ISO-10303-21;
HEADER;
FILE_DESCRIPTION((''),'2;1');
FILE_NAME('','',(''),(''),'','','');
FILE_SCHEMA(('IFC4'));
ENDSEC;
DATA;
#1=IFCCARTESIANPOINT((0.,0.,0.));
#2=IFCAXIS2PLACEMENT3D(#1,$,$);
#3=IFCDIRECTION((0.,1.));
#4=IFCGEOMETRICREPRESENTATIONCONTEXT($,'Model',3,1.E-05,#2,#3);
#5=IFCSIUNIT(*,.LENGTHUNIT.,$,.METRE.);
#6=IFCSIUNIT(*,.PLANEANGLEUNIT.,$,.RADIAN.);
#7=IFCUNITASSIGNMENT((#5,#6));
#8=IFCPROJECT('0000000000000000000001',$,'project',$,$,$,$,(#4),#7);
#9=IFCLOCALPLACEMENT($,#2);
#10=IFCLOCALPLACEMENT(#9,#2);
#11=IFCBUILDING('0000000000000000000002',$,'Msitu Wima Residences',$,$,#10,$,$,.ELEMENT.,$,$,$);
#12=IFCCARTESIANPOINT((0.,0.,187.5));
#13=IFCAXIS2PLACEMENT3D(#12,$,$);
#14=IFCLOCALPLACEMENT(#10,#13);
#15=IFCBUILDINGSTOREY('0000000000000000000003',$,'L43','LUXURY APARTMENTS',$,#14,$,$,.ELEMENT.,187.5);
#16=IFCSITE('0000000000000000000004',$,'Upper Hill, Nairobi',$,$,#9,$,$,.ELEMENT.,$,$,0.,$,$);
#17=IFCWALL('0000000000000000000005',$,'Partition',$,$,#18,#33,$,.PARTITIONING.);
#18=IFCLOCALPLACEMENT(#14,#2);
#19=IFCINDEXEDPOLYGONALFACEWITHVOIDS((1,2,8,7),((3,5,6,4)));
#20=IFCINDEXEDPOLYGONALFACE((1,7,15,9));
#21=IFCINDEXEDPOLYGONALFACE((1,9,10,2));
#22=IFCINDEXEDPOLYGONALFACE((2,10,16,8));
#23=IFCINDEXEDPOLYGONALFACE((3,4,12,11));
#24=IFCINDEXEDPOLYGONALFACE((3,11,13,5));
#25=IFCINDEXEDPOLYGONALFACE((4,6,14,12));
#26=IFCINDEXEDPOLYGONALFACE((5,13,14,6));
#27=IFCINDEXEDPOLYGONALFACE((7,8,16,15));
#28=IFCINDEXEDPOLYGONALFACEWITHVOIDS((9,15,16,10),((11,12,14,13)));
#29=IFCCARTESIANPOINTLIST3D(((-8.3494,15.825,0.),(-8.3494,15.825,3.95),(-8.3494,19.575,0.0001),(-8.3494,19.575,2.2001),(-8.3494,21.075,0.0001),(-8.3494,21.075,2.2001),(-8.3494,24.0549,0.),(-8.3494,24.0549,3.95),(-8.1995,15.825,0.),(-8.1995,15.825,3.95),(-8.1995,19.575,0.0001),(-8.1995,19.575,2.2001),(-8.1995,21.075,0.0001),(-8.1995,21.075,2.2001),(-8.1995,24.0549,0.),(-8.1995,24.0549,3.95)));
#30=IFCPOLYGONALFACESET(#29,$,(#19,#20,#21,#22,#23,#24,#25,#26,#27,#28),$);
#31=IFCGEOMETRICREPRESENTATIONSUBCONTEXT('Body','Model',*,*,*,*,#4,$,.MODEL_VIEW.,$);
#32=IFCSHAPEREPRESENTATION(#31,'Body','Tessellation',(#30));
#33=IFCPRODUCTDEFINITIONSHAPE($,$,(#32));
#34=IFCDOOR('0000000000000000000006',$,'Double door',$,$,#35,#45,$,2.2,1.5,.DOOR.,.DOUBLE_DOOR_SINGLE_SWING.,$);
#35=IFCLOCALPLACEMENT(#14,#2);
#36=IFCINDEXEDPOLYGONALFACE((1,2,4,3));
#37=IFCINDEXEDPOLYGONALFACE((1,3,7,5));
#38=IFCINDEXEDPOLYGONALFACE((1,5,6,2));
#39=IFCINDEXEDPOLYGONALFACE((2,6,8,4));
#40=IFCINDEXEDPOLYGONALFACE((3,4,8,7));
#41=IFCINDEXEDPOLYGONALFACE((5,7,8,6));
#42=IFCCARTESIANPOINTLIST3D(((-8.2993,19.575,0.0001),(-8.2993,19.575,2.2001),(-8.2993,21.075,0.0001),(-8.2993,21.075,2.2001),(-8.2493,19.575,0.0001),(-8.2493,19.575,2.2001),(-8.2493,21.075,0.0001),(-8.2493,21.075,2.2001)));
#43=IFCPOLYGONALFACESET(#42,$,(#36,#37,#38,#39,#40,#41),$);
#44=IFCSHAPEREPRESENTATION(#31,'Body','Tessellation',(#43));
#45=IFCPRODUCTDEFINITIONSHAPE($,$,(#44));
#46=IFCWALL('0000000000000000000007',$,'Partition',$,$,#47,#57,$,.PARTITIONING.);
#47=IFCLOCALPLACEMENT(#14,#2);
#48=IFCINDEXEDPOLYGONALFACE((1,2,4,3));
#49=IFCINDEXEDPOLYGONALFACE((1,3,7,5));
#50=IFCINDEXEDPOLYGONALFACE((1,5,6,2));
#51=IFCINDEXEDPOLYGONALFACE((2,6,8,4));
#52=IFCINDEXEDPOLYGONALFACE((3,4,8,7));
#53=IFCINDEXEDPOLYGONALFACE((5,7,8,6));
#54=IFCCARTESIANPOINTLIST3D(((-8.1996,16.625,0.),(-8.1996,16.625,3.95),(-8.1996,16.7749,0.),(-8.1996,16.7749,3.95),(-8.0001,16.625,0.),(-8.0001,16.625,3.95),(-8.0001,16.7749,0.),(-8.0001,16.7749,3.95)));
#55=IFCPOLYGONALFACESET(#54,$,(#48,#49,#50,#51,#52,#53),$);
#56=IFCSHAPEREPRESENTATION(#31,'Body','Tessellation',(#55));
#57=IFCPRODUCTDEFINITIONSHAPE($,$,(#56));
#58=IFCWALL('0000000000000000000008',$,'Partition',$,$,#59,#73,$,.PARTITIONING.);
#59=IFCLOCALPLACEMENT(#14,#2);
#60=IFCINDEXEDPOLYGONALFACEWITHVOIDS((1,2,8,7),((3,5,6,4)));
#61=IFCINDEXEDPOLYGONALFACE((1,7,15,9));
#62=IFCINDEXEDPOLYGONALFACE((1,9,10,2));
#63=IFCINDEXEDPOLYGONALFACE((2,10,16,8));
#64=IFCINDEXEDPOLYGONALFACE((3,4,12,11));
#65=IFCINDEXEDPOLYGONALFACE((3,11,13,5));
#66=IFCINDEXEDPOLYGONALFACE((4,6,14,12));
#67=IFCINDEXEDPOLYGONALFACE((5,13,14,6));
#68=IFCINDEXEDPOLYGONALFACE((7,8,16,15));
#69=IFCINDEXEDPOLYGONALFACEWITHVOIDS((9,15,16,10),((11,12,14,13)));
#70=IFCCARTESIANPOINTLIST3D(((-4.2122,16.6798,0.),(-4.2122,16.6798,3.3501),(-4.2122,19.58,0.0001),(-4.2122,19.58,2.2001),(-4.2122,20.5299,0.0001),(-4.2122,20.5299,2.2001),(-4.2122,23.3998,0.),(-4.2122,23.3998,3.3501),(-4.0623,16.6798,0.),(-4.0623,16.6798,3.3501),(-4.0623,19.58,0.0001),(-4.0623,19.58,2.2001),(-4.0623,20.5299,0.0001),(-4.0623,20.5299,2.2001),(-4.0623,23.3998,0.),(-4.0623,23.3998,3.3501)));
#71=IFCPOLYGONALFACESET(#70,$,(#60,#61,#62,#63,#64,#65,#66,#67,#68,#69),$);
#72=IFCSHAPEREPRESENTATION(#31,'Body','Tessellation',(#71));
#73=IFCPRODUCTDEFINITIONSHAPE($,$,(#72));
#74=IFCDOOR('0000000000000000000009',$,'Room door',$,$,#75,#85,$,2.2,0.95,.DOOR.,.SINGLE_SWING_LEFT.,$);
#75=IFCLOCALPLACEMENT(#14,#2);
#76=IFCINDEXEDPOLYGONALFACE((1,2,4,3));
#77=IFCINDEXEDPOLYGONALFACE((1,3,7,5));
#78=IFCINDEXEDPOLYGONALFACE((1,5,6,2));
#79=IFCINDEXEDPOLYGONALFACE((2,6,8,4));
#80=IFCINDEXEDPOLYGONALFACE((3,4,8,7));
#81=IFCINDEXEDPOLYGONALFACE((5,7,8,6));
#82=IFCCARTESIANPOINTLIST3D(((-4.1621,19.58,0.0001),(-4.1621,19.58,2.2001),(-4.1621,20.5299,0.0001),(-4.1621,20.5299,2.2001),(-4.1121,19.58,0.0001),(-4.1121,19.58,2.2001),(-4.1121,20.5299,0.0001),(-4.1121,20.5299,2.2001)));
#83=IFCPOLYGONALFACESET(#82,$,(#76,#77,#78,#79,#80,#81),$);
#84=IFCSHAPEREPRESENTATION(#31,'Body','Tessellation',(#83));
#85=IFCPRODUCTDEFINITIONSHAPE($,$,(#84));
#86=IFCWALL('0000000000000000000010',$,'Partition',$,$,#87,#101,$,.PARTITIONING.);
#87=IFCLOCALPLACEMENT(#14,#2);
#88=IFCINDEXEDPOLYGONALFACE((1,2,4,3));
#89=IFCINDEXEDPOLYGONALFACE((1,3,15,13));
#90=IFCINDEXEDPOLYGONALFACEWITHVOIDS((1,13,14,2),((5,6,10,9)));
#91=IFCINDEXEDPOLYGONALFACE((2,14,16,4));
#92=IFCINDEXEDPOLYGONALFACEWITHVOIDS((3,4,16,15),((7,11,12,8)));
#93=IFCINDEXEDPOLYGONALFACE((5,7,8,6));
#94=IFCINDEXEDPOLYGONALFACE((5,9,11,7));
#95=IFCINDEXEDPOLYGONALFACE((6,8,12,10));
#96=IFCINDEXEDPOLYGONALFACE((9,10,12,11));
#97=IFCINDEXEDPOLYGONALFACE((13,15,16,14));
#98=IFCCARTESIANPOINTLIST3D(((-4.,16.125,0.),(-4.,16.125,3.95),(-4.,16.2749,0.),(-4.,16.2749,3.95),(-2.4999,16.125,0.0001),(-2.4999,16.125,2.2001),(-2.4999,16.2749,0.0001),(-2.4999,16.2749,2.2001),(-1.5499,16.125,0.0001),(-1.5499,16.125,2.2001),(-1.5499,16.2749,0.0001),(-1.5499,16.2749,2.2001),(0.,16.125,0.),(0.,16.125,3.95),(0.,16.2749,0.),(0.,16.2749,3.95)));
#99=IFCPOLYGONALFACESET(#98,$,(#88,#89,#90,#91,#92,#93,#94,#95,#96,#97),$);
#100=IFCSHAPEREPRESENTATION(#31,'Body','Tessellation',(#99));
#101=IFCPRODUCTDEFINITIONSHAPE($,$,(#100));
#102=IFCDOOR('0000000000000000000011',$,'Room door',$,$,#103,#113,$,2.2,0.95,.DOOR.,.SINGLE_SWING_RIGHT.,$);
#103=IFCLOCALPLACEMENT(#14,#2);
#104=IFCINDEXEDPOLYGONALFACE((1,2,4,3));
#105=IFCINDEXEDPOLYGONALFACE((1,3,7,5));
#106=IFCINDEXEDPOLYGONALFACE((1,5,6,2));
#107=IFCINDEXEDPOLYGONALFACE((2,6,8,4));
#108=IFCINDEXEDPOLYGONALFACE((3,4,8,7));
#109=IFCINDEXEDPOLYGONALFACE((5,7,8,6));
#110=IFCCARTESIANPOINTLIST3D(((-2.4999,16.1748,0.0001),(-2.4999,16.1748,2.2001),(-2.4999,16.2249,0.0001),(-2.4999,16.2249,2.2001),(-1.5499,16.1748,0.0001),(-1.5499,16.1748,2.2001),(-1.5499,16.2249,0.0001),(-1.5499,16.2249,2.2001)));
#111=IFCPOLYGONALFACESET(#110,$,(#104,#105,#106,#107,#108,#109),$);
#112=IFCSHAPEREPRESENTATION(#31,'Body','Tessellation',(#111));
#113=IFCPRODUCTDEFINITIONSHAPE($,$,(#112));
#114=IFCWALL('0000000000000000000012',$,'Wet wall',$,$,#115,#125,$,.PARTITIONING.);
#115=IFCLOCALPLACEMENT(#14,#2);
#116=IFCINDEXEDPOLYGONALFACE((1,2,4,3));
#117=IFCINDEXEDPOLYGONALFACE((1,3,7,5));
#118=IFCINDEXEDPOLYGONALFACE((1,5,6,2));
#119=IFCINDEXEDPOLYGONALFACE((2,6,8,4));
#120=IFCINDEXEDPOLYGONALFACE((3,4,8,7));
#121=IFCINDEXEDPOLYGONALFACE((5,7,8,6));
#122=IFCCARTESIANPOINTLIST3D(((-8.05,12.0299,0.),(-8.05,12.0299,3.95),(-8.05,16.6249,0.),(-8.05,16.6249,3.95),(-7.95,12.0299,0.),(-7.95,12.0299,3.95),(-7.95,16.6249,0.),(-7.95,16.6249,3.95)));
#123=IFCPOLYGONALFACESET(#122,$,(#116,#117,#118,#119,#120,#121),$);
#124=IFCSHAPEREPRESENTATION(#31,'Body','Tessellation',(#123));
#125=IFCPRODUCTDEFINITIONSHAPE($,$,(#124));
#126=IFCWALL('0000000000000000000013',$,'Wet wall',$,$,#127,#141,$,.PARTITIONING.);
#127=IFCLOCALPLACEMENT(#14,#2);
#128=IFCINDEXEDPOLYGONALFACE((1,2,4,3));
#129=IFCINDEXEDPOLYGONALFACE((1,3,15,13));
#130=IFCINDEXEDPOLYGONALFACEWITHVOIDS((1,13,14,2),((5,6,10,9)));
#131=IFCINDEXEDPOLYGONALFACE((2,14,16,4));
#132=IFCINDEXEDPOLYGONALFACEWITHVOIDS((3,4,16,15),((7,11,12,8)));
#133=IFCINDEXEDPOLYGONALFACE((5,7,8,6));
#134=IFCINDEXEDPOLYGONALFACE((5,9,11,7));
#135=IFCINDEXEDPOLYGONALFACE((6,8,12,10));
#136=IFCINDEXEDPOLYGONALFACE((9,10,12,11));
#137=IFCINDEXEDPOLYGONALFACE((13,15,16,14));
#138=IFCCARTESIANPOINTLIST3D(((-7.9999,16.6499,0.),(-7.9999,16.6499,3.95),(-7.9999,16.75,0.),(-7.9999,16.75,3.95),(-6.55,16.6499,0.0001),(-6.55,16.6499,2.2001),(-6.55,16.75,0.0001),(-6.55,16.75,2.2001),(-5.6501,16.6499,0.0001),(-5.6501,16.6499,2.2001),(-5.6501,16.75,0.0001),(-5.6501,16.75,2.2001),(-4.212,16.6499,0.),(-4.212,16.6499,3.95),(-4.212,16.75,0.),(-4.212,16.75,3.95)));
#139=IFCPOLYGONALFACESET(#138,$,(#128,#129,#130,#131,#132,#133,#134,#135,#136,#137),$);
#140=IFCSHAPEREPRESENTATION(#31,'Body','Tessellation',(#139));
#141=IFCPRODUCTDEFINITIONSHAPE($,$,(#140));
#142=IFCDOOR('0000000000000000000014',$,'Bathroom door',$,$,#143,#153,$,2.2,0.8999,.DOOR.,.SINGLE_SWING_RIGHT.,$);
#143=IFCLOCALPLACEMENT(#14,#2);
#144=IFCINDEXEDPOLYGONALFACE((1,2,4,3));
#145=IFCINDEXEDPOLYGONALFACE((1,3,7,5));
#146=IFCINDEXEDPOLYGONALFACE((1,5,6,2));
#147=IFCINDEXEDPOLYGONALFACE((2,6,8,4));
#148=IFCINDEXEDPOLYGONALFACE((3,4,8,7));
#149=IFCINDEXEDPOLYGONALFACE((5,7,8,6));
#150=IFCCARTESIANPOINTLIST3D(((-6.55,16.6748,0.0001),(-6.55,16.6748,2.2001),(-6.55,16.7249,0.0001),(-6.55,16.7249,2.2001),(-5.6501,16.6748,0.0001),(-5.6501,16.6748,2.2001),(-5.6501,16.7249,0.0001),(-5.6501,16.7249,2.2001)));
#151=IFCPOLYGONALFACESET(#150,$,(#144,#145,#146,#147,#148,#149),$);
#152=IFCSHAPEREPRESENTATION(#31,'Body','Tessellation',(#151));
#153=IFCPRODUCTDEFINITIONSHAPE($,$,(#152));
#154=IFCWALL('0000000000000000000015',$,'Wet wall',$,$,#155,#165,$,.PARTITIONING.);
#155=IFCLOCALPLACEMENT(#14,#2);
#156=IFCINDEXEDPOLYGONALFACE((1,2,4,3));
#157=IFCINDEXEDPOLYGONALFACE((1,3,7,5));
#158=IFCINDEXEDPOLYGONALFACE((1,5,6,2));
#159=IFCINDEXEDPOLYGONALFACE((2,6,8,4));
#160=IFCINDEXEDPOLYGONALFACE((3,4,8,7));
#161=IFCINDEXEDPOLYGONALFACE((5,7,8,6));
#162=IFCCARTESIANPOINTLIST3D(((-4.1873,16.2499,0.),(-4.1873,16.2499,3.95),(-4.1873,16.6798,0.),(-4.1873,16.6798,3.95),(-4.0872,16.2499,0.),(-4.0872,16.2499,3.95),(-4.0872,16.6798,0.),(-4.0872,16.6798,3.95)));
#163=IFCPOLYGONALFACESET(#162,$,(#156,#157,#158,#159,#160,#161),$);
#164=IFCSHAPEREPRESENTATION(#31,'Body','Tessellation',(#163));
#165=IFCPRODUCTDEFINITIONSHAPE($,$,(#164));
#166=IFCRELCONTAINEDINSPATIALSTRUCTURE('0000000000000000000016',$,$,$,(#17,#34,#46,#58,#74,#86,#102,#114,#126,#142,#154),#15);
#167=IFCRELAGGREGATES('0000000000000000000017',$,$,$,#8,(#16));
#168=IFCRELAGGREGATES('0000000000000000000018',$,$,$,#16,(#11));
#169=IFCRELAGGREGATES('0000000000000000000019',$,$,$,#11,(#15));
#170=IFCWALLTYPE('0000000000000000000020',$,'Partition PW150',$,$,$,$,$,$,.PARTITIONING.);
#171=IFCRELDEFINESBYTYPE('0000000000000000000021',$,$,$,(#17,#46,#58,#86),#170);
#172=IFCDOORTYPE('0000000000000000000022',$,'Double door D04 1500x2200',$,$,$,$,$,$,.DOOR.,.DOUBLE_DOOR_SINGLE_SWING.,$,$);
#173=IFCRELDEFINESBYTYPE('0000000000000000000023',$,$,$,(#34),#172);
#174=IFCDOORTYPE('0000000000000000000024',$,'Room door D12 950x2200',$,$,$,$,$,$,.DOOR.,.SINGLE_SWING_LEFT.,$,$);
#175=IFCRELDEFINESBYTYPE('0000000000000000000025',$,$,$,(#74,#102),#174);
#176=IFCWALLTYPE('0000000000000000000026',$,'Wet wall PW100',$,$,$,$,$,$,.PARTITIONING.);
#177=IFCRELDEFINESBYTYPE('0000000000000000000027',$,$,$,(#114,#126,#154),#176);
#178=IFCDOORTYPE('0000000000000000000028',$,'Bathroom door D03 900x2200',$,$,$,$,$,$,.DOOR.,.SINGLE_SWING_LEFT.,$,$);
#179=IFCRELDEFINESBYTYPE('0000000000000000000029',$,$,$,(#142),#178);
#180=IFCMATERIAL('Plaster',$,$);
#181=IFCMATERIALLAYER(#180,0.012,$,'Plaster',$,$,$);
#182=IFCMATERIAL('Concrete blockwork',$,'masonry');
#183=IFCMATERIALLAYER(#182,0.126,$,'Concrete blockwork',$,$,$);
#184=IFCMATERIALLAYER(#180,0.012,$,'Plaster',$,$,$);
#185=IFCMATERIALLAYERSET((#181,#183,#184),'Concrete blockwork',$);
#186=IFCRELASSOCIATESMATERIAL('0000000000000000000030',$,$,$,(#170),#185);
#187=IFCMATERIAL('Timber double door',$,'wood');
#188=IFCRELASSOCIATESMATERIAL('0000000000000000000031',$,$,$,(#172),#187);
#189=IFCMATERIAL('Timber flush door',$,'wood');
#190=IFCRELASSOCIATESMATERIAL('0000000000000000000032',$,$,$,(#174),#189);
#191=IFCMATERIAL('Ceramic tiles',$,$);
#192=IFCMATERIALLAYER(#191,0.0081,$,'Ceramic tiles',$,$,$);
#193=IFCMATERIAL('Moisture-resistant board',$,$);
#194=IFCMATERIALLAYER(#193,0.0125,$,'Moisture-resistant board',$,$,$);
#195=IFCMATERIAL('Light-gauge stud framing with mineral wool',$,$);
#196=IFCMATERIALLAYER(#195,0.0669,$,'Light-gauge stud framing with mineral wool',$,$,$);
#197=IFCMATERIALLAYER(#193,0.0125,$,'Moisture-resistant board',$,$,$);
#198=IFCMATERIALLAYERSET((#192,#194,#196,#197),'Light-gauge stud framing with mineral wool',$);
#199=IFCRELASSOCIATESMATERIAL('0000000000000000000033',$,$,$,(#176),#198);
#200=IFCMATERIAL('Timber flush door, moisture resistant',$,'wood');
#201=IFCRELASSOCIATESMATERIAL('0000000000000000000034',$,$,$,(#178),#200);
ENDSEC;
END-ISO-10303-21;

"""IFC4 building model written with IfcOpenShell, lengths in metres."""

from ifc_helpers import new_model, si_unit, direction, frame, frame_2d, origin, place, context, subcontext, project, spatial, rectangle, extrude, material, layer, layer_set, type_object, element, fill, save


model = new_model("IFC4")

# Units and contexts
model_context = context("Model", 3, precision=1e-05, world=origin(), true_north=direction((0.0, 1.0)))
body_context = subcontext(model_context, "Body", "Model", "MODEL_VIEW")
ifc_project = project(units=[si_unit("LENGTHUNIT", "METRE"), si_unit("PLANEANGLEUNIT", "RADIAN")], contexts=[model_context])

# Site, building, storey
site_placement = place(None, origin())
site = spatial("IfcSite", under=ifc_project, at=site_placement, Name="Upper Hill, Nairobi", CompositionType="ELEMENT", RefElevation=0.0)
building_placement = place(site_placement, origin())
building = spatial("IfcBuilding", under=site, at=building_placement, Name="Msitu Wima Residences", CompositionType="ELEMENT")
storey_placement = place(building_placement, frame((0.0, 0.0, 187.5)))
storey = spatial("IfcBuildingStorey", under=building, at=storey_placement, Name="L43", Description="LUXURY APARTMENTS", CompositionType="ELEMENT", Elevation=187.5)

# Wall, opening, door
ifc_material_1 = material(Name="Plaster")
ifc_layer_1 = layer(ifc_material_1, 0.012, Name="Plaster")
ifc_material_2 = material(Name="Concrete blockwork", Category="masonry")
ifc_layer_2 = layer(ifc_material_2, 0.126, Name="Concrete blockwork")
ifc_layer_3 = layer(ifc_material_1, 0.012, Name="Plaster")
ifc_layer_set_1 = layer_set([ifc_layer_1, ifc_layer_2, ifc_layer_3], Name="Concrete blockwork")
wall_type_1 = type_object("IfcWallType", Name="Partition PW150", PredefinedType="PARTITIONING", material=ifc_layer_set_1)
wall_1_placement = place(storey_placement, frame((-8.2744, 15.825, 0.0), z_axis=(0.0, 0.0, 1.0), x_axis=(0.0, 1.0, 0.0)))
wall_1 = element("IfcWall", 1, at=wall_1_placement, inside=storey, type_object=wall_type_1, Name="Partition", PredefinedType="PARTITIONING", context=body_context, shape_type="SweptSolid", body=[
    extrude(rectangle(XDim=8.23, YDim=0.1499, at=frame_2d((4.115, 0.0))), origin(), (0.0, 0.0, 1.0), 3.95),
])
opening_1_placement = place(wall_1_placement, frame((3.75, 0.0, 0.0)))
opening_1 = element("IfcOpeningElement", 2, at=opening_1_placement, cuts=wall_1, PredefinedType="OPENING", context=body_context, shape_type="SweptSolid", body=[
    extrude(rectangle(XDim=1.5, YDim=2.2, at=frame_2d((0.75, 1.1001))), frame((0.0, 0.085, 0.0), z_axis=(0.0, -1.0, 0.0), x_axis=(1.0, 0.0, 0.0)), (0.0, 0.0, 1.0), 0.1699),
])
ifc_material_3 = material(Name="Timber double door", Category="wood")
door_type_1 = type_object("IfcDoorType", Name="Double door D04 1500x2200", OperationType="DOUBLE_DOOR_SINGLE_SWING", PredefinedType="DOOR", material=ifc_material_3)
door_1_placement = place(opening_1_placement, origin())
door_1 = element("IfcDoor", 3, at=door_1_placement, inside=storey, type_object=door_type_1, Name="Double door", OperationType="DOUBLE_DOOR_SINGLE_SWING", OverallHeight=2.2, OverallWidth=1.5, PredefinedType="DOOR", context=body_context, shape_type="SweptSolid", body=[
    extrude(rectangle(XDim=1.5, YDim=2.2, at=frame_2d((0.75, 1.1001))), frame((0.0, 0.0249, 0.0), z_axis=(0.0, -1.0, 0.0), x_axis=(1.0, 0.0, 0.0)), (0.0, 0.0, 1.0), 0.05),
])
fill(opening_1, door_1)

# Wall
wall_2_placement = place(storey_placement, frame((-8.1995, 16.7, 0.0), z_axis=(0.0, 0.0, 1.0), x_axis=(1.0, 0.0, 0.0)))
element("IfcWall", 4, at=wall_2_placement, inside=storey, type_object=wall_type_1, Name="Partition", PredefinedType="PARTITIONING", context=body_context, shape_type="SweptSolid", body=[
    extrude(rectangle(XDim=0.1995, YDim=0.1499, at=frame_2d((0.0996, 0.0))), origin(), (0.0, 0.0, 1.0), 3.95),
])

# Walls, openings, doors
wall_3_placement = place(storey_placement, frame((-4.1372, 16.6799, 0.0), z_axis=(0.0, 0.0, 1.0), x_axis=(0.0, 1.0, 0.0)))
wall_3 = element("IfcWall", 5, at=wall_3_placement, inside=storey, type_object=wall_type_1, Name="Partition", PredefinedType="PARTITIONING", context=body_context, shape_type="SweptSolid", body=[
    extrude(rectangle(XDim=6.72, YDim=0.1499, at=frame_2d((3.3599, 0.0))), origin(), (0.0, 0.0, 1.0), 3.3501),
])
opening_2_placement = place(wall_3_placement, frame((2.8999, 0.0, 0.0)))
opening_2 = element("IfcOpeningElement", 6, at=opening_2_placement, cuts=wall_3, PredefinedType="OPENING", context=body_context, shape_type="SweptSolid", body=[
    extrude(rectangle(XDim=0.95, YDim=2.2, at=frame_2d((0.4751, 1.1001))), frame((0.0, 0.085, 0.0), z_axis=(0.0, -1.0, 0.0), x_axis=(1.0, 0.0, 0.0)), (0.0, 0.0, 1.0), 0.1699),
])
ifc_material_4 = material(Name="Timber flush door", Category="wood")
door_type_2 = type_object("IfcDoorType", Name="Room door D12 950x2200", OperationType="SINGLE_SWING_LEFT", PredefinedType="DOOR", material=ifc_material_4)
door_2_placement = place(opening_2_placement, origin())
door_2 = element("IfcDoor", 7, at=door_2_placement, inside=storey, type_object=door_type_2, Name="Room door", OperationType="SINGLE_SWING_LEFT", OverallHeight=2.2, OverallWidth=0.95, PredefinedType="DOOR", context=body_context, shape_type="SweptSolid", body=[
    extrude(rectangle(XDim=0.95, YDim=2.2, at=frame_2d((0.4751, 1.1001))), frame((0.0, 0.0249, 0.0), z_axis=(0.0, -1.0, 0.0), x_axis=(1.0, 0.0, 0.0)), (0.0, 0.0, 1.0), 0.05),
])
fill(opening_2, door_2)
wall_4_placement = place(storey_placement, frame((-4.0, 16.2, 0.0), z_axis=(0.0, 0.0, 1.0), x_axis=(1.0, 0.0, 0.0)))
wall_4 = element("IfcWall", 8, at=wall_4_placement, inside=storey, type_object=wall_type_1, Name="Partition", PredefinedType="PARTITIONING", context=body_context, shape_type="SweptSolid", body=[
    extrude(rectangle(XDim=4.0, YDim=0.1499, at=frame_2d((2.0, 0.0))), origin(), (0.0, 0.0, 1.0), 3.95),
])
opening_3_placement = place(wall_4_placement, frame((1.5, 0.0, 0.0)))
opening_3 = element("IfcOpeningElement", 9, at=opening_3_placement, cuts=wall_4, PredefinedType="OPENING", context=body_context, shape_type="SweptSolid", body=[
    extrude(rectangle(XDim=0.95, YDim=2.2, at=frame_2d((0.4751, 1.1001))), frame((0.0, 0.085, 0.0), z_axis=(0.0, -1.0, 0.0), x_axis=(1.0, 0.0, 0.0)), (0.0, 0.0, 1.0), 0.1699),
])
door_3_placement = place(opening_3_placement, origin())
door_3 = element("IfcDoor", 10, at=door_3_placement, inside=storey, type_object=door_type_2, Name="Room door", OperationType="SINGLE_SWING_RIGHT", OverallHeight=2.2, OverallWidth=0.95, PredefinedType="DOOR", context=body_context, shape_type="SweptSolid", body=[
    extrude(rectangle(XDim=0.95, YDim=2.2, at=frame_2d((0.4751, 1.1001))), frame((0.0, 0.0249, 0.0), z_axis=(0.0, -1.0, 0.0), x_axis=(1.0, 0.0, 0.0)), (0.0, 0.0, 1.0), 0.05),
])
fill(opening_3, door_3)

# Wall
ifc_material_5 = material(Name="Ceramic tiles")
ifc_layer_4 = layer(ifc_material_5, 0.0081, Name="Ceramic tiles")
ifc_material_6 = material(Name="Moisture-resistant board")
ifc_layer_5 = layer(ifc_material_6, 0.0125, Name="Moisture-resistant board")
ifc_material_7 = material(Name="Light-gauge stud framing with mineral wool")
ifc_layer_6 = layer(ifc_material_7, 0.0669, Name="Light-gauge stud framing with mineral wool")
ifc_layer_7 = layer(ifc_material_6, 0.0125, Name="Moisture-resistant board")
ifc_layer_set_2 = layer_set([ifc_layer_4, ifc_layer_5, ifc_layer_6, ifc_layer_7], Name="Light-gauge stud framing with mineral wool")
wall_type_2 = type_object("IfcWallType", Name="Wet wall PW100", PredefinedType="PARTITIONING", material=ifc_layer_set_2)
wall_5_placement = place(storey_placement, frame((-8.0, 12.03, 0.0), z_axis=(0.0, 0.0, 1.0), x_axis=(0.0, 1.0, 0.0)))
element("IfcWall", 11, at=wall_5_placement, inside=storey, type_object=wall_type_2, Name="Wet wall", PredefinedType="PARTITIONING", context=body_context, shape_type="SweptSolid", body=[
    extrude(rectangle(XDim=4.595, YDim=0.1001, at=frame_2d((2.2974, 0.0))), origin(), (0.0, 0.0, 1.0), 3.95),
])

# Wall, opening, door
wall_6_placement = place(storey_placement, frame((-8.0, 16.7, 0.0), z_axis=(0.0, 0.0, 1.0), x_axis=(1.0, 0.0, 0.0)))
wall_6 = element("IfcWall", 12, at=wall_6_placement, inside=storey, type_object=wall_type_2, Name="Wet wall", PredefinedType="PARTITIONING", context=body_context, shape_type="SweptSolid", body=[
    extrude(rectangle(XDim=3.7878, YDim=0.1001, at=frame_2d((1.894, 0.0))), origin(), (0.0, 0.0, 1.0), 3.95),
])
opening_4_placement = place(wall_6_placement, frame((1.45, 0.0, 0.0)))
opening_4 = element("IfcOpeningElement", 13, at=opening_4_placement, cuts=wall_6, PredefinedType="OPENING", context=body_context, shape_type="SweptSolid", body=[
    extrude(rectangle(XDim=0.8999, YDim=2.2, at=frame_2d((0.45, 1.1001))), frame((0.0, 0.0601, 0.0), z_axis=(0.0, -1.0, 0.0), x_axis=(1.0, 0.0, 0.0)), (0.0, 0.0, 1.0), 0.1201),
])
ifc_material_8 = material(Name="Timber flush door, moisture resistant", Category="wood")
door_type_3 = type_object("IfcDoorType", Name="Bathroom door D03 900x2200", OperationType="SINGLE_SWING_LEFT", PredefinedType="DOOR", material=ifc_material_8)
door_4_placement = place(opening_4_placement, origin())
door_4 = element("IfcDoor", 14, at=door_4_placement, inside=storey, type_object=door_type_3, Name="Bathroom door", OperationType="SINGLE_SWING_RIGHT", OverallHeight=2.2, OverallWidth=0.8999, PredefinedType="DOOR", context=body_context, shape_type="SweptSolid", body=[
    extrude(rectangle(XDim=0.8999, YDim=2.2, at=frame_2d((0.45, 1.1001))), frame((0.0, 0.0249, 0.0), z_axis=(0.0, -1.0, 0.0), x_axis=(1.0, 0.0, 0.0)), (0.0, 0.0, 1.0), 0.05),
])
fill(opening_4, door_4)

# Wall
wall_7_placement = place(storey_placement, frame((-4.1372, 16.25, 0.0), z_axis=(0.0, 0.0, 1.0), x_axis=(0.0, 1.0, 0.0)))
element("IfcWall", 15, at=wall_7_placement, inside=storey, type_object=wall_type_2, Name="Wet wall", PredefinedType="PARTITIONING", context=body_context, shape_type="SweptSolid", body=[
    extrude(rectangle(XDim=0.4299, YDim=0.1001, at=frame_2d((0.2148, 0.0))), origin(), (0.0, 0.0, 1.0), 3.95),
])

save(model, "model.ifc")
